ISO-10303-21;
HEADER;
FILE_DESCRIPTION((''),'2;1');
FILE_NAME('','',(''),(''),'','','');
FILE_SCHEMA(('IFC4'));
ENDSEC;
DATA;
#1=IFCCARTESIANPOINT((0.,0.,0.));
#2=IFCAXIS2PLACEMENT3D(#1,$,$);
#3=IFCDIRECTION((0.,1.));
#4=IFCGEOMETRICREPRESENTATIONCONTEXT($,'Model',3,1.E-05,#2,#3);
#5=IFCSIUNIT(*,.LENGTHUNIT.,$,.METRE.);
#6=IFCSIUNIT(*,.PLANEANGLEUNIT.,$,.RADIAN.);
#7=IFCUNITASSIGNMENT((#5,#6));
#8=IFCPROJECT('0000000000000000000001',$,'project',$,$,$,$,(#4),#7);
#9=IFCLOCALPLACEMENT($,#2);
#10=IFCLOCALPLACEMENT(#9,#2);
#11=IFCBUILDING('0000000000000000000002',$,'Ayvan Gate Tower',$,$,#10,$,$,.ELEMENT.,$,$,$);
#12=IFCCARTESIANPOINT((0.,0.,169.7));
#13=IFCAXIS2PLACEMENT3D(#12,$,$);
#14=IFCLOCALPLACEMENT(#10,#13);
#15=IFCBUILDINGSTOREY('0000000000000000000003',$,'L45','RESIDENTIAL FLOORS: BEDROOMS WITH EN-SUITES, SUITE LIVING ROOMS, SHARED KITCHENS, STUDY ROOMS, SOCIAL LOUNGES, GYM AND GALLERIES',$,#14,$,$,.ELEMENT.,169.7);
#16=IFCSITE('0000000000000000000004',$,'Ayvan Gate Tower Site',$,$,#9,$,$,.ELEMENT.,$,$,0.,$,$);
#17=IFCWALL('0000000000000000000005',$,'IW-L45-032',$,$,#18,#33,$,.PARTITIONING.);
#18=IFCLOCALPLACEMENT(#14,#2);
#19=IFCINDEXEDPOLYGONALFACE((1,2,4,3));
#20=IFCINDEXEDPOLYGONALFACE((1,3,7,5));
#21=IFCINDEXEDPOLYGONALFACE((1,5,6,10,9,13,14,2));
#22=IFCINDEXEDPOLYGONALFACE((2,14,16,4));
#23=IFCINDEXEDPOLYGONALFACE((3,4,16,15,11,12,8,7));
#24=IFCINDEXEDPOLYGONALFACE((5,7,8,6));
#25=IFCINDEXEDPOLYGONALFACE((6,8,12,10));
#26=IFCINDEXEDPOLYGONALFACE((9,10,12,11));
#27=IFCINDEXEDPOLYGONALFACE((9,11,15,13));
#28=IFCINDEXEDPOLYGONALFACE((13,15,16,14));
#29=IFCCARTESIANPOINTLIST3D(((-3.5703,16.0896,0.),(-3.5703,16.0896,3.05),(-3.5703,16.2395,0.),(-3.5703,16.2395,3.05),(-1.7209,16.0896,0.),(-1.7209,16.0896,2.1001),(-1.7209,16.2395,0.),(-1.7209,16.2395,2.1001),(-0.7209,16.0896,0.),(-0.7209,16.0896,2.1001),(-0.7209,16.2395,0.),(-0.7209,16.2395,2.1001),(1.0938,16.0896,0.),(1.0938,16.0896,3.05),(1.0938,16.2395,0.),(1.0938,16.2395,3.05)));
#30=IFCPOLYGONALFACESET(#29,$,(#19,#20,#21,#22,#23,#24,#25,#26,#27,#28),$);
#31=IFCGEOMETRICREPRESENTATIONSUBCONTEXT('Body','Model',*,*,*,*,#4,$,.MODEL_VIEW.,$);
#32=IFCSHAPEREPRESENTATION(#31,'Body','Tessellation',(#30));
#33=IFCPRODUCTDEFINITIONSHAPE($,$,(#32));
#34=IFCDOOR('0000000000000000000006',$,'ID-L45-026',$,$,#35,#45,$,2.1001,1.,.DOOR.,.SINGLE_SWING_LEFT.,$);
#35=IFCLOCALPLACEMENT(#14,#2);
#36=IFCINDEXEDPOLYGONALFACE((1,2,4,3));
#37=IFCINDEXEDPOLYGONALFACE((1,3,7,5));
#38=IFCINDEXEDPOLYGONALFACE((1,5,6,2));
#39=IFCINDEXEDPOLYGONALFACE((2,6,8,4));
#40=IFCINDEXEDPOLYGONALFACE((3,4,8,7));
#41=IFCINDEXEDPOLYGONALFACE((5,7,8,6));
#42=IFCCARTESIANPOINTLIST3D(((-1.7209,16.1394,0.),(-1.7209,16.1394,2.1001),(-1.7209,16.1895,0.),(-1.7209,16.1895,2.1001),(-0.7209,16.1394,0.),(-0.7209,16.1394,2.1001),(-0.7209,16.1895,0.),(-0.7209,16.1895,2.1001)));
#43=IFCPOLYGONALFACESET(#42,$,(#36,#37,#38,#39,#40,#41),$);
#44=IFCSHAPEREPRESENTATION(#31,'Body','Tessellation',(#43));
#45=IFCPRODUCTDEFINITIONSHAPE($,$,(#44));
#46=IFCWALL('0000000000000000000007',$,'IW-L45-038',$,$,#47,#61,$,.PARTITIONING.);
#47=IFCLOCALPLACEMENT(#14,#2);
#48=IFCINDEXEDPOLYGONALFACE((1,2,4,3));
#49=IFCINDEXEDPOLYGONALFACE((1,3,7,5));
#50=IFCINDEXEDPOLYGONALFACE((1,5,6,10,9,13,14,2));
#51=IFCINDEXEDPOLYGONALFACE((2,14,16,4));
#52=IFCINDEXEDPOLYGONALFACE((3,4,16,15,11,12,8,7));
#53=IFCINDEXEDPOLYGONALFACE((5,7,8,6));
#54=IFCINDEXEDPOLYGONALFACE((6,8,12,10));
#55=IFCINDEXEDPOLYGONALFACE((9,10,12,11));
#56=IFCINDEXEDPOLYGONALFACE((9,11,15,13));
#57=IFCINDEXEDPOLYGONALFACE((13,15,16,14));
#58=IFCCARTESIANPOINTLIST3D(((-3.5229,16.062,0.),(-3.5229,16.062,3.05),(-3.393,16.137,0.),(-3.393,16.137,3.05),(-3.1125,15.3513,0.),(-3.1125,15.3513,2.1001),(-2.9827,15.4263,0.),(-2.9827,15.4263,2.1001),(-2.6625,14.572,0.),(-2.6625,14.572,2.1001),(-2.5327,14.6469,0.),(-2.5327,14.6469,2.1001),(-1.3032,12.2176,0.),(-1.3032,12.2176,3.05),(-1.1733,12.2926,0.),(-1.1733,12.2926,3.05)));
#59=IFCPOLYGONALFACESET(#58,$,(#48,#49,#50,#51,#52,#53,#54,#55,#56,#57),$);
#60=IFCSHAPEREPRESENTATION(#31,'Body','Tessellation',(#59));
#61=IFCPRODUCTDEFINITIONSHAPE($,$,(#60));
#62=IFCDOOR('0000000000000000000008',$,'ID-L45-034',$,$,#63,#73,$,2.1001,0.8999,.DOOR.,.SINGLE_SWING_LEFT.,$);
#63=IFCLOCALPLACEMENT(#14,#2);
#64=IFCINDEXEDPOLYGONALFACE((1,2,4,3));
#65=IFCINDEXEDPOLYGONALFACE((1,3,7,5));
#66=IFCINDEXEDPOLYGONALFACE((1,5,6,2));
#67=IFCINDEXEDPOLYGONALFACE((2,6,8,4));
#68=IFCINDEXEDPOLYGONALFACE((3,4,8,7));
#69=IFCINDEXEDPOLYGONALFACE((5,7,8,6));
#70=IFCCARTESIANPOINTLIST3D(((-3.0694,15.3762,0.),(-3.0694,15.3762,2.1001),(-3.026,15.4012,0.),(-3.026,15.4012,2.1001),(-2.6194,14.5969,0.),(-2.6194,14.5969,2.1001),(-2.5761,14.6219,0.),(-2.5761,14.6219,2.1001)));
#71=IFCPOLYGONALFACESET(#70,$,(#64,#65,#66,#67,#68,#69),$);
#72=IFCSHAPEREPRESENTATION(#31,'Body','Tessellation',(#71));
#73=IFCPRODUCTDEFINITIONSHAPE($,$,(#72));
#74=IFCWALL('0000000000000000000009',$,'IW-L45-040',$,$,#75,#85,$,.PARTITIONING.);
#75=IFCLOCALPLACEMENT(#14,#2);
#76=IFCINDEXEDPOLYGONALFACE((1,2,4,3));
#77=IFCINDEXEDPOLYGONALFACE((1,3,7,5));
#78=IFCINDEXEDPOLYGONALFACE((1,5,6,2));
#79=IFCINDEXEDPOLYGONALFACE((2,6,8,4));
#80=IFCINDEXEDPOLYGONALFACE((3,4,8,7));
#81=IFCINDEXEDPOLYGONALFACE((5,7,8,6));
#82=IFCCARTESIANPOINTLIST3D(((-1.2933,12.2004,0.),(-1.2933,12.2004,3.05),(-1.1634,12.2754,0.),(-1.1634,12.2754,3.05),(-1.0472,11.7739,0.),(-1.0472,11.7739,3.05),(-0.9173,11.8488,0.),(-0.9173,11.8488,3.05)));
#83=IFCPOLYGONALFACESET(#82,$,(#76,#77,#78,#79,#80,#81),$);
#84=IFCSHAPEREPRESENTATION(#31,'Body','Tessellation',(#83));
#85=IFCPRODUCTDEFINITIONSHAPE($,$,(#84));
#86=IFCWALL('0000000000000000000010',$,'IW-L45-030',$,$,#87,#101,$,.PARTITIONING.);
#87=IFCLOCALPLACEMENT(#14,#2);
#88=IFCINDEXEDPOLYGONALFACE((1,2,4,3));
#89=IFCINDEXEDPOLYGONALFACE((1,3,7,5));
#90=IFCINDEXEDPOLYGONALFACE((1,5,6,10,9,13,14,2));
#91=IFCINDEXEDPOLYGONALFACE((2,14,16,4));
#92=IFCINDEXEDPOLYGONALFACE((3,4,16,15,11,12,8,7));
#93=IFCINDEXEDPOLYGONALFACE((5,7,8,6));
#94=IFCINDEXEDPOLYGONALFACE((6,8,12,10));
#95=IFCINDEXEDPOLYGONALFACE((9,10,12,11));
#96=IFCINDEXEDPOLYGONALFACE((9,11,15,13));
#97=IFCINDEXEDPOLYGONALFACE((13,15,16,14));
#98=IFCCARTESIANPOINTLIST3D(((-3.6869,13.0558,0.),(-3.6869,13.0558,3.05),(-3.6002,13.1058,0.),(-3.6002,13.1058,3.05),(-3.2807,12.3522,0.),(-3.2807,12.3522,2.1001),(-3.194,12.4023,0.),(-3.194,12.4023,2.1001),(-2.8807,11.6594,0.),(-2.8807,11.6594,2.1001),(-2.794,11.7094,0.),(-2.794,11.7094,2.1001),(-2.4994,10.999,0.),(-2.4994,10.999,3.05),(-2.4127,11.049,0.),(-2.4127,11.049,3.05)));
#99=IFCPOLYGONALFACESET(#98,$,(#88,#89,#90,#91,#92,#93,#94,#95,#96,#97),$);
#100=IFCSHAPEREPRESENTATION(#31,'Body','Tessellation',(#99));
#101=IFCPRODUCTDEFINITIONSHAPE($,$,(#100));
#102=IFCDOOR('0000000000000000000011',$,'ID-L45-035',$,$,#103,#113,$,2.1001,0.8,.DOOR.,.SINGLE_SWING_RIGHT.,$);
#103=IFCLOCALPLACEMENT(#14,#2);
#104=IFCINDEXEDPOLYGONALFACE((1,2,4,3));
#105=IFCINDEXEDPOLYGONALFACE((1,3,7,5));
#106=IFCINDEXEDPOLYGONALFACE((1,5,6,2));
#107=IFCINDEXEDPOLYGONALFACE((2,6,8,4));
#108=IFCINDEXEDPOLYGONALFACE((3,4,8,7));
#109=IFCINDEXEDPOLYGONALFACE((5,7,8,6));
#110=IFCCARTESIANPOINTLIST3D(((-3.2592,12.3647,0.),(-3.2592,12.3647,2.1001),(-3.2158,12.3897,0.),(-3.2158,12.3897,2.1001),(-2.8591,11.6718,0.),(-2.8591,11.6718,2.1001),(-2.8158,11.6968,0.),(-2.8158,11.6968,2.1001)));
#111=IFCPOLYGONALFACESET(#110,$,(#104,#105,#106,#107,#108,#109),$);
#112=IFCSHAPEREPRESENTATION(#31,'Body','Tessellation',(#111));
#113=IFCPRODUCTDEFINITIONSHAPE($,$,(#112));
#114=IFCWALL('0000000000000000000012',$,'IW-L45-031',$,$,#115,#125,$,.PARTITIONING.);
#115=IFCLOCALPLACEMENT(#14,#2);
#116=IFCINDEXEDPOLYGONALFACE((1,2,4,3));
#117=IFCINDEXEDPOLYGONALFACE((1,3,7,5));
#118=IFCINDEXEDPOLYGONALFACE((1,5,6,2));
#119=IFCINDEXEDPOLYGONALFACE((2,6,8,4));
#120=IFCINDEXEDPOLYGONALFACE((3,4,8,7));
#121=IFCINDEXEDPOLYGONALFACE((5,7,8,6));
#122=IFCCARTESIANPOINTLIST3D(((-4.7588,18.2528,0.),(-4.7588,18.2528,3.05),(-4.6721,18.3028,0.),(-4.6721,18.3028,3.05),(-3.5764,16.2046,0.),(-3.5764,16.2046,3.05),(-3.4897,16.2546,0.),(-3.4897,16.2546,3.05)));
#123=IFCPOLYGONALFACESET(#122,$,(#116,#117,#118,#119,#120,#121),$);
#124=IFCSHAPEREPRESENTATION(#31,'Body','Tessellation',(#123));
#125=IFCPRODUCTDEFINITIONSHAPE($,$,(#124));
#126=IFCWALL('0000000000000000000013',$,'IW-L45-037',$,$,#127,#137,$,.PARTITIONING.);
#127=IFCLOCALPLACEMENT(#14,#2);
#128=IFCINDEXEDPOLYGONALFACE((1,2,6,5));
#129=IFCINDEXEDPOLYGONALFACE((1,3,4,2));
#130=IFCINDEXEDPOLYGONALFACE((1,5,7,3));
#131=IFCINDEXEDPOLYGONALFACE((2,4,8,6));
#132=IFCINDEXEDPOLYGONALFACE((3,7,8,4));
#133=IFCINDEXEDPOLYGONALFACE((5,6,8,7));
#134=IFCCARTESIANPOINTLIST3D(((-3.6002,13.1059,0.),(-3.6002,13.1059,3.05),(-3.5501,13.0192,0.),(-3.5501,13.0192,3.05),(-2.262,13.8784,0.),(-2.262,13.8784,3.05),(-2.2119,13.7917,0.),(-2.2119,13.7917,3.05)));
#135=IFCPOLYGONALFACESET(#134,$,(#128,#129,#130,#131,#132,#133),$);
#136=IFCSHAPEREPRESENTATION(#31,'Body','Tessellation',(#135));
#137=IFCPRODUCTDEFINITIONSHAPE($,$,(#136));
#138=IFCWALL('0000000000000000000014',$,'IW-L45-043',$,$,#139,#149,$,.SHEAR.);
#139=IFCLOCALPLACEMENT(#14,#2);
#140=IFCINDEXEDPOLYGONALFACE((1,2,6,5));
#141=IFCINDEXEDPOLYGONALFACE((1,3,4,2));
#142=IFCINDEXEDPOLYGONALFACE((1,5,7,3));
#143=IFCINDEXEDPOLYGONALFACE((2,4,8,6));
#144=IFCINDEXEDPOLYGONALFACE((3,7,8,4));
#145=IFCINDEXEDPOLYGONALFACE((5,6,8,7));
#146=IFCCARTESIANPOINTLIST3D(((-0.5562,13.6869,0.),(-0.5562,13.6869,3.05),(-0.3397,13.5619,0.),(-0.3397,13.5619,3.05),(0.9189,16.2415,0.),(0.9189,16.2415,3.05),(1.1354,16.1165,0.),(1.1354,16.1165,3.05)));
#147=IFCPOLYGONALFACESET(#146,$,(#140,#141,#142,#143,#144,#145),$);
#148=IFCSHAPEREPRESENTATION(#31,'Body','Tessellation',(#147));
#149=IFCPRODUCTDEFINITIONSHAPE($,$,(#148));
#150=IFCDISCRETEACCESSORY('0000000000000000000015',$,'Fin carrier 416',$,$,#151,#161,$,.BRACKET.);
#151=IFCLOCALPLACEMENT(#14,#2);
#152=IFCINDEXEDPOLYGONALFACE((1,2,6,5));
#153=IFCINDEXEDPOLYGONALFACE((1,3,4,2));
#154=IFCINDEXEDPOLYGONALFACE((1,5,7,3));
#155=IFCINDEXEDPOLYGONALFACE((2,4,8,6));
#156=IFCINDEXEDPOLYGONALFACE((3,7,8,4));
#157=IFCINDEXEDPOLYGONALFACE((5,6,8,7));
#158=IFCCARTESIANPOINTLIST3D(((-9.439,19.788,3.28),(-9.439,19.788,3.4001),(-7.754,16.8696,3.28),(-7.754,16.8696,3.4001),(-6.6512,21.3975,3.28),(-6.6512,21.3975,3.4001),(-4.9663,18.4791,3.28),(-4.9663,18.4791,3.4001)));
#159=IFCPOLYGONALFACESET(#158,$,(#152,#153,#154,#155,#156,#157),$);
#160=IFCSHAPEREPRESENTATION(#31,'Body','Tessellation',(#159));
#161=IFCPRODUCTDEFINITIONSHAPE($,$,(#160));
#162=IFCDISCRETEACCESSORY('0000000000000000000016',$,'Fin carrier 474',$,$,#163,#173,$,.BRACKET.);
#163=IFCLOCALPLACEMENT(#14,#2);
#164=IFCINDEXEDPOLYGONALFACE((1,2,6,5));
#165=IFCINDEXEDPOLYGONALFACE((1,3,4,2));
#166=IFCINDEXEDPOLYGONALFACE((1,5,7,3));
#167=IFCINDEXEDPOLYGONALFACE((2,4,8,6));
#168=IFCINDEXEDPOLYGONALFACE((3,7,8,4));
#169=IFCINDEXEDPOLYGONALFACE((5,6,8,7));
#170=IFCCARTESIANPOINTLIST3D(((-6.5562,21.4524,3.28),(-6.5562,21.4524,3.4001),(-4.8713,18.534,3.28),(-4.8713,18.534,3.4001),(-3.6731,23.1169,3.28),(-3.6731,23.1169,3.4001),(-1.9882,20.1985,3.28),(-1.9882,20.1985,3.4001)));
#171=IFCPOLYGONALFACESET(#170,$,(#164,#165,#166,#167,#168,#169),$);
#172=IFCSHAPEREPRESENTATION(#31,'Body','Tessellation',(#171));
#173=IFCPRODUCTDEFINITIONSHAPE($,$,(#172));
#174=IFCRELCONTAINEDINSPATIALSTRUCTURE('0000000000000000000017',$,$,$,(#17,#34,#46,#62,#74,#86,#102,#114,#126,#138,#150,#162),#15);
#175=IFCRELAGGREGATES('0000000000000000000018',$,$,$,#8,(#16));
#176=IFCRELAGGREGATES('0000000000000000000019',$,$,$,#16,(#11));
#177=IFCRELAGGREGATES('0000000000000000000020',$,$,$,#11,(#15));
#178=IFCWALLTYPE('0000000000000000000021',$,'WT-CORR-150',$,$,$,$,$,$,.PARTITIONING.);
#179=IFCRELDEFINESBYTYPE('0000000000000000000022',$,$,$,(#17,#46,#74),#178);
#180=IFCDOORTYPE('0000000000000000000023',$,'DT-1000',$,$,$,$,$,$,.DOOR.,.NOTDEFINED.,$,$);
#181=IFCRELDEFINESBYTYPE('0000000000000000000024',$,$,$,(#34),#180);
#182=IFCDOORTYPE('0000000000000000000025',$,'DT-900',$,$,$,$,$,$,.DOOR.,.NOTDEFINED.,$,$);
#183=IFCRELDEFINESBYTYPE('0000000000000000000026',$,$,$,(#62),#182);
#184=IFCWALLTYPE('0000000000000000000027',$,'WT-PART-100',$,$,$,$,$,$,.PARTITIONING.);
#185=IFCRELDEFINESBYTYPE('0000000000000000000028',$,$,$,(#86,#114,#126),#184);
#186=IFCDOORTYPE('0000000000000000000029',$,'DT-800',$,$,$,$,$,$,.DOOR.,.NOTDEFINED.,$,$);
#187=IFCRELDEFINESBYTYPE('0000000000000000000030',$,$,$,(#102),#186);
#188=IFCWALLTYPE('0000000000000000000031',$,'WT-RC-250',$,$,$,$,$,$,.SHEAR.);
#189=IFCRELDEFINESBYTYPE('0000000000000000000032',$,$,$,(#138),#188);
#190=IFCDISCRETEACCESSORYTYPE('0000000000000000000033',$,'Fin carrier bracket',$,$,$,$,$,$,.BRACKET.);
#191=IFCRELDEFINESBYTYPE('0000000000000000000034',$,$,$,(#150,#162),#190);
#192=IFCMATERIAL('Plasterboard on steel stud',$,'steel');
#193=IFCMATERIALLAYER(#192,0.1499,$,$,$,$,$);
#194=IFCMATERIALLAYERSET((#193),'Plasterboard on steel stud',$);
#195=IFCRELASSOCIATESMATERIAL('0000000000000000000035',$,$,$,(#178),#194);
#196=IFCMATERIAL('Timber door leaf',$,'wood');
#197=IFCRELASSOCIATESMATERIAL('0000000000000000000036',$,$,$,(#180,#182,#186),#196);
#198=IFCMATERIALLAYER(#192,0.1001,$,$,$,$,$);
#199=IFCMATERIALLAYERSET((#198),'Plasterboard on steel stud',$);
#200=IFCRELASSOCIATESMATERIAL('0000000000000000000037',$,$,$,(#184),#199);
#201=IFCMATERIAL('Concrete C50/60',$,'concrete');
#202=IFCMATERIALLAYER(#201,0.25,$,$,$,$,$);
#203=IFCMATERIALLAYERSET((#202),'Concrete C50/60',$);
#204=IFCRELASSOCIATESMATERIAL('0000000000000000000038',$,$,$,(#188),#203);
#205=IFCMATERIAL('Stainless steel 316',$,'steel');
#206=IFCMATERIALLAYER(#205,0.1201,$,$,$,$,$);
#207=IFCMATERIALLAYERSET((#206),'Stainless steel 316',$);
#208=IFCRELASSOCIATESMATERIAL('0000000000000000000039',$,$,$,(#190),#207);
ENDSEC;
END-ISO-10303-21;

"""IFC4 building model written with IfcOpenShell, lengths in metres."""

from ifc_helpers import new_model, si_unit, direction, frame, frame_2d, origin, origin_2d, place, context, subcontext, project, spatial, rectangle, extrude, material, layer, layer_set, type_object, element, fill, save


model = new_model("IFC4")

# Units and contexts
model_context = context("Model", 3, precision=1e-05, world=origin(), true_north=direction((0.0, 1.0)))
body_context = subcontext(model_context, "Body", "Model", "MODEL_VIEW")
ifc_project = project(units=[si_unit("LENGTHUNIT", "METRE"), si_unit("PLANEANGLEUNIT", "RADIAN")], contexts=[model_context])

# Site, building, storey
site_placement = place(None, origin())
site = spatial("IfcSite", under=ifc_project, at=site_placement, Name="Ayvan Gate Tower Site", CompositionType="ELEMENT", RefElevation=0.0)
building_placement = place(site_placement, origin())
building = spatial("IfcBuilding", under=site, at=building_placement, Name="Ayvan Gate Tower", CompositionType="ELEMENT")
storey_placement = place(building_placement, frame((0.0, 0.0, 169.7)))
storey = spatial("IfcBuildingStorey", under=building, at=storey_placement, Name="L45", Description="RESIDENTIAL FLOORS: BEDROOMS WITH EN-SUITES, SUITE LIVING ROOMS, SHARED KITCHENS, STUDY ROOMS, SOCIAL LOUNGES, GYM AND GALLERIES", CompositionType="ELEMENT", Elevation=169.7)

# Walls, openings, doors
ifc_material_1 = material(Name="Plasterboard on steel stud", Category="steel")
ifc_layer_1 = layer(ifc_material_1, 0.1499)
ifc_layer_set_1 = layer_set([ifc_layer_1], Name="Plasterboard on steel stud")
wall_type_1 = type_object("IfcWallType", Name="WT-CORR-150", PredefinedType="PARTITIONING", material=ifc_layer_set_1)
wall_1_placement = place(storey_placement, frame((-3.5703, 16.1646, 0.0), z_axis=(0.0, 0.0, 1.0), x_axis=(1.0, 0.0, 0.0)))
wall_1 = element("IfcWall", 1, at=wall_1_placement, inside=storey, type_object=wall_type_1, Name="IW-L45-032", PredefinedType="PARTITIONING", context=body_context, shape_type="SweptSolid", body=[
    extrude(rectangle(XDim=4.6641, YDim=0.1499, at=frame_2d((2.332, 0.0))), origin(), (0.0, 0.0, 1.0), 3.05),
])
opening_1_placement = place(wall_1_placement, frame((1.8494, 0.0, 0.0)))
opening_1 = element("IfcOpeningElement", 2, at=opening_1_placement, cuts=wall_1, PredefinedType="OPENING", context=body_context, shape_type="SweptSolid", body=[
    extrude(rectangle(XDim=1.0, YDim=2.1001, at=frame_2d((0.5, 1.05))), frame((0.0, 0.085, 0.0), z_axis=(0.0, -1.0, 0.0), x_axis=(1.0, 0.0, 0.0)), (0.0, 0.0, 1.0), 0.1699),
])
ifc_material_2 = material(Name="Timber door leaf", Category="wood")
door_type_1 = type_object("IfcDoorType", Name="DT-1000", OperationType="NOTDEFINED", PredefinedType="DOOR", material=ifc_material_2)
door_1_placement = place(opening_1_placement, origin())
door_1 = element("IfcDoor", 3, at=door_1_placement, inside=storey, type_object=door_type_1, Name="ID-L45-026", OperationType="SINGLE_SWING_LEFT", OverallHeight=2.1001, OverallWidth=1.0, PredefinedType="DOOR", context=body_context, shape_type="SweptSolid", body=[
    extrude(rectangle(XDim=1.0, YDim=2.1001, at=frame_2d((0.5, 1.05))), frame((0.0, 0.0249, 0.0), z_axis=(0.0, -1.0, 0.0), x_axis=(1.0, 0.0, 0.0)), (0.0, 0.0, 1.0), 0.05),
])
fill(opening_1, door_1)
wall_2_placement = place(storey_placement, frame((-3.458, 16.0996, 0.0), z_axis=(0.0, 0.0, 1.0), x_axis=(0.500019, -0.866014, 0.0)))
wall_2 = element("IfcWall", 4, at=wall_2_placement, inside=storey, type_object=wall_type_1, Name="IW-L45-038", PredefinedType="PARTITIONING", context=body_context, shape_type="SweptSolid", body=[
    extrude(rectangle(XDim=4.4392, YDim=0.1499, at=frame_2d((2.2197, 0.0))), origin(), (0.0, 0.0, 1.0), 3.05),
])
opening_2_placement = place(wall_2_placement, frame((0.8208, 0.0, 0.0)))
opening_2 = element("IfcOpeningElement", 5, at=opening_2_placement, cuts=wall_2, PredefinedType="OPENING", context=body_context, shape_type="SweptSolid", body=[
    extrude(rectangle(XDim=0.8999, YDim=2.1001, at=frame_2d((0.45, 1.05))), frame((0.0, 0.085, 0.0), z_axis=(0.0, -1.0, 0.0), x_axis=(1.0, 0.0, 0.0)), (0.0, 0.0, 1.0), 0.1699),
])
door_type_2 = type_object("IfcDoorType", Name="DT-900", OperationType="NOTDEFINED", PredefinedType="DOOR", material=ifc_material_2)
door_2_placement = place(opening_2_placement, origin())
door_2 = element("IfcDoor", 6, at=door_2_placement, inside=storey, type_object=door_type_2, Name="ID-L45-034", OperationType="SINGLE_SWING_LEFT", OverallHeight=2.1001, OverallWidth=0.8999, PredefinedType="DOOR", context=body_context, shape_type="SweptSolid", body=[
    extrude(rectangle(XDim=0.8999, YDim=2.1001, at=frame_2d((0.45, 1.05))), frame((0.0, 0.0249, 0.0), z_axis=(0.0, -1.0, 0.0), x_axis=(1.0, 0.0, 0.0)), (0.0, 0.0, 1.0), 0.05),
])
fill(opening_2, door_2)

# Wall
wall_3_placement = place(storey_placement, frame((-1.2283, 12.2378, 0.0), z_axis=(0.0, 0.0, 1.0), x_axis=(0.499765, -0.866161, 0.0)))
element("IfcWall", 7, at=wall_3_placement, inside=storey, type_object=wall_type_1, Name="IW-L45-040", PredefinedType="PARTITIONING", context=body_context, shape_type="SweptSolid", body=[
    extrude(rectangle(XDim=0.4924, YDim=0.1499, at=frame_2d((0.2461, 0.0))), origin(), (0.0, 0.0, 1.0), 3.05),
])

# Wall, opening, door
ifc_layer_2 = layer(ifc_material_1, 0.1001)
ifc_layer_set_2 = layer_set([ifc_layer_2], Name="Plasterboard on steel stud")
wall_type_2 = type_object("IfcWallType", Name="WT-PART-100", PredefinedType="PARTITIONING", material=ifc_layer_set_2)
wall_4_placement = place(storey_placement, frame((-3.6436, 13.0808, 0.0), z_axis=(0.0, 0.0, 1.0), x_axis=(0.499986, -0.866033, 0.0)))
wall_4 = element("IfcWall", 8, at=wall_4_placement, inside=storey, type_object=wall_type_2, Name="IW-L45-030", PredefinedType="PARTITIONING", context=body_context, shape_type="SweptSolid", body=[
    extrude(rectangle(XDim=2.375, YDim=0.1001, at=frame_2d((1.1875, 0.0))), origin(), (0.0, 0.0, 1.0), 3.05),
])
opening_3_placement = place(wall_4_placement, frame((0.8125, 0.0, 0.0)))
opening_3 = element("IfcOpeningElement", 9, at=opening_3_placement, cuts=wall_4, PredefinedType="OPENING", context=body_context, shape_type="SweptSolid", body=[
    extrude(rectangle(XDim=0.8, YDim=2.1001, at=frame_2d((0.3999, 1.05))), frame((0.0, 0.0601, 0.0), z_axis=(0.0, -1.0, 0.0), x_axis=(1.0, 0.0, 0.0)), (0.0, 0.0, 1.0), 0.1201),
])
door_type_3 = type_object("IfcDoorType", Name="DT-800", OperationType="NOTDEFINED", PredefinedType="DOOR", material=ifc_material_2)
door_3_placement = place(opening_3_placement, origin())
door_3 = element("IfcDoor", 10, at=door_3_placement, inside=storey, type_object=door_type_3, Name="ID-L45-035", OperationType="SINGLE_SWING_RIGHT", OverallHeight=2.1001, OverallWidth=0.8, PredefinedType="DOOR", context=body_context, shape_type="SweptSolid", body=[
    extrude(rectangle(XDim=0.8, YDim=2.1001, at=frame_2d((0.3999, 1.05))), frame((0.0, 0.0249, 0.0), z_axis=(0.0, -1.0, 0.0), x_axis=(1.0, 0.0, 0.0)), (0.0, 0.0, 1.0), 0.05),
])
fill(opening_3, door_3)

# Walls
wall_5_placement = place(storey_placement, frame((-3.533, 16.2295, 0.0), z_axis=(0.0, 0.0, 1.0), x_axis=(-0.49997, 0.866043, 0.0)))
element("IfcWall", 11, at=wall_5_placement, inside=storey, type_object=wall_type_2, Name="IW-L45-031", PredefinedType="PARTITIONING", context=body_context, shape_type="SweptSolid", body=[
    extrude(rectangle(XDim=2.365, YDim=0.1001, at=frame_2d((1.1826, 0.0))), origin(), (0.0, 0.0, 1.0), 3.05),
])
wall_6_placement = place(storey_placement, frame((-2.2371, 13.835, 0.0), z_axis=(0.0, 0.0, 1.0), x_axis=(-0.866057, -0.499946, 0.0)))
element("IfcWall", 12, at=wall_6_placement, inside=storey, type_object=wall_type_2, Name="IW-L45-037", PredefinedType="PARTITIONING", context=body_context, shape_type="SweptSolid", body=[
    extrude(rectangle(XDim=1.5452, YDim=0.1001, at=frame_2d((0.7725, 0.0))), origin(), (0.0, 0.0, 1.0), 3.05),
])
ifc_material_3 = material(Name="Concrete C50/60", Category="concrete")
ifc_layer_3 = layer(ifc_material_3, 0.25)
ifc_layer_set_3 = layer_set([ifc_layer_3], Name="Concrete C50/60")
wall_type_3 = type_object("IfcWallType", Name="WT-RC-250", PredefinedType="SHEAR", material=ifc_layer_set_3)
wall_7_placement = place(storey_placement, frame((-0.448, 13.6243, 0.0), z_axis=(0.0, 0.0, 1.0), x_axis=(0.500038, 0.866004, 0.0)))
element("IfcWall", 13, at=wall_7_placement, inside=storey, type_object=wall_type_3, Name="IW-L45-043", PredefinedType="SHEAR", context=body_context, shape_type="SweptSolid", body=[
    extrude(rectangle(XDim=2.95, YDim=0.25, at=frame_2d((1.4751, 0.0))), origin(), (0.0, 0.0, 1.0), 3.05),
])

# Discrete accessories
ifc_material_4 = material(Name="Stainless steel 316", Category="steel")
ifc_layer_4 = layer(ifc_material_4, 0.1201)
ifc_layer_set_4 = layer_set([ifc_layer_4], Name="Stainless steel 316")
discrete_accessory_type = type_object("IfcDiscreteAccessoryType", Name="Fin carrier bracket", PredefinedType="BRACKET", material=ifc_layer_set_4)
discrete_accessory_1_placement = place(storey_placement, frame((-7.2026, 19.1335, 3.28), z_axis=(0.0, 0.0, 1.0), x_axis=(-0.866025, -0.5, 0.0)))
element("IfcDiscreteAccessory", 14, at=discrete_accessory_1_placement, inside=storey, type_object=discrete_accessory_type, Name="Fin carrier 416", PredefinedType="BRACKET", context=body_context, shape_type="SweptSolid", body=[
    extrude(rectangle(XDim=3.219, YDim=3.3699, at=origin_2d()), origin(), (0.0, 0.0, 1.0), 0.1201),
])
discrete_accessory_2_placement = place(storey_placement, frame((-4.2722, 20.8254, 3.28), z_axis=(0.0, 0.0, 1.0), x_axis=(-0.866025, -0.5, 0.0)))
element("IfcDiscreteAccessory", 15, at=discrete_accessory_2_placement, inside=storey, type_object=discrete_accessory_type, Name="Fin carrier 474", PredefinedType="BRACKET", context=body_context, shape_type="SweptSolid", body=[
    extrude(rectangle(XDim=3.3291, YDim=3.3699, at=origin_2d()), origin(), (0.0, 0.0, 1.0), 0.1201),
])

save(model, "model.ifc")
